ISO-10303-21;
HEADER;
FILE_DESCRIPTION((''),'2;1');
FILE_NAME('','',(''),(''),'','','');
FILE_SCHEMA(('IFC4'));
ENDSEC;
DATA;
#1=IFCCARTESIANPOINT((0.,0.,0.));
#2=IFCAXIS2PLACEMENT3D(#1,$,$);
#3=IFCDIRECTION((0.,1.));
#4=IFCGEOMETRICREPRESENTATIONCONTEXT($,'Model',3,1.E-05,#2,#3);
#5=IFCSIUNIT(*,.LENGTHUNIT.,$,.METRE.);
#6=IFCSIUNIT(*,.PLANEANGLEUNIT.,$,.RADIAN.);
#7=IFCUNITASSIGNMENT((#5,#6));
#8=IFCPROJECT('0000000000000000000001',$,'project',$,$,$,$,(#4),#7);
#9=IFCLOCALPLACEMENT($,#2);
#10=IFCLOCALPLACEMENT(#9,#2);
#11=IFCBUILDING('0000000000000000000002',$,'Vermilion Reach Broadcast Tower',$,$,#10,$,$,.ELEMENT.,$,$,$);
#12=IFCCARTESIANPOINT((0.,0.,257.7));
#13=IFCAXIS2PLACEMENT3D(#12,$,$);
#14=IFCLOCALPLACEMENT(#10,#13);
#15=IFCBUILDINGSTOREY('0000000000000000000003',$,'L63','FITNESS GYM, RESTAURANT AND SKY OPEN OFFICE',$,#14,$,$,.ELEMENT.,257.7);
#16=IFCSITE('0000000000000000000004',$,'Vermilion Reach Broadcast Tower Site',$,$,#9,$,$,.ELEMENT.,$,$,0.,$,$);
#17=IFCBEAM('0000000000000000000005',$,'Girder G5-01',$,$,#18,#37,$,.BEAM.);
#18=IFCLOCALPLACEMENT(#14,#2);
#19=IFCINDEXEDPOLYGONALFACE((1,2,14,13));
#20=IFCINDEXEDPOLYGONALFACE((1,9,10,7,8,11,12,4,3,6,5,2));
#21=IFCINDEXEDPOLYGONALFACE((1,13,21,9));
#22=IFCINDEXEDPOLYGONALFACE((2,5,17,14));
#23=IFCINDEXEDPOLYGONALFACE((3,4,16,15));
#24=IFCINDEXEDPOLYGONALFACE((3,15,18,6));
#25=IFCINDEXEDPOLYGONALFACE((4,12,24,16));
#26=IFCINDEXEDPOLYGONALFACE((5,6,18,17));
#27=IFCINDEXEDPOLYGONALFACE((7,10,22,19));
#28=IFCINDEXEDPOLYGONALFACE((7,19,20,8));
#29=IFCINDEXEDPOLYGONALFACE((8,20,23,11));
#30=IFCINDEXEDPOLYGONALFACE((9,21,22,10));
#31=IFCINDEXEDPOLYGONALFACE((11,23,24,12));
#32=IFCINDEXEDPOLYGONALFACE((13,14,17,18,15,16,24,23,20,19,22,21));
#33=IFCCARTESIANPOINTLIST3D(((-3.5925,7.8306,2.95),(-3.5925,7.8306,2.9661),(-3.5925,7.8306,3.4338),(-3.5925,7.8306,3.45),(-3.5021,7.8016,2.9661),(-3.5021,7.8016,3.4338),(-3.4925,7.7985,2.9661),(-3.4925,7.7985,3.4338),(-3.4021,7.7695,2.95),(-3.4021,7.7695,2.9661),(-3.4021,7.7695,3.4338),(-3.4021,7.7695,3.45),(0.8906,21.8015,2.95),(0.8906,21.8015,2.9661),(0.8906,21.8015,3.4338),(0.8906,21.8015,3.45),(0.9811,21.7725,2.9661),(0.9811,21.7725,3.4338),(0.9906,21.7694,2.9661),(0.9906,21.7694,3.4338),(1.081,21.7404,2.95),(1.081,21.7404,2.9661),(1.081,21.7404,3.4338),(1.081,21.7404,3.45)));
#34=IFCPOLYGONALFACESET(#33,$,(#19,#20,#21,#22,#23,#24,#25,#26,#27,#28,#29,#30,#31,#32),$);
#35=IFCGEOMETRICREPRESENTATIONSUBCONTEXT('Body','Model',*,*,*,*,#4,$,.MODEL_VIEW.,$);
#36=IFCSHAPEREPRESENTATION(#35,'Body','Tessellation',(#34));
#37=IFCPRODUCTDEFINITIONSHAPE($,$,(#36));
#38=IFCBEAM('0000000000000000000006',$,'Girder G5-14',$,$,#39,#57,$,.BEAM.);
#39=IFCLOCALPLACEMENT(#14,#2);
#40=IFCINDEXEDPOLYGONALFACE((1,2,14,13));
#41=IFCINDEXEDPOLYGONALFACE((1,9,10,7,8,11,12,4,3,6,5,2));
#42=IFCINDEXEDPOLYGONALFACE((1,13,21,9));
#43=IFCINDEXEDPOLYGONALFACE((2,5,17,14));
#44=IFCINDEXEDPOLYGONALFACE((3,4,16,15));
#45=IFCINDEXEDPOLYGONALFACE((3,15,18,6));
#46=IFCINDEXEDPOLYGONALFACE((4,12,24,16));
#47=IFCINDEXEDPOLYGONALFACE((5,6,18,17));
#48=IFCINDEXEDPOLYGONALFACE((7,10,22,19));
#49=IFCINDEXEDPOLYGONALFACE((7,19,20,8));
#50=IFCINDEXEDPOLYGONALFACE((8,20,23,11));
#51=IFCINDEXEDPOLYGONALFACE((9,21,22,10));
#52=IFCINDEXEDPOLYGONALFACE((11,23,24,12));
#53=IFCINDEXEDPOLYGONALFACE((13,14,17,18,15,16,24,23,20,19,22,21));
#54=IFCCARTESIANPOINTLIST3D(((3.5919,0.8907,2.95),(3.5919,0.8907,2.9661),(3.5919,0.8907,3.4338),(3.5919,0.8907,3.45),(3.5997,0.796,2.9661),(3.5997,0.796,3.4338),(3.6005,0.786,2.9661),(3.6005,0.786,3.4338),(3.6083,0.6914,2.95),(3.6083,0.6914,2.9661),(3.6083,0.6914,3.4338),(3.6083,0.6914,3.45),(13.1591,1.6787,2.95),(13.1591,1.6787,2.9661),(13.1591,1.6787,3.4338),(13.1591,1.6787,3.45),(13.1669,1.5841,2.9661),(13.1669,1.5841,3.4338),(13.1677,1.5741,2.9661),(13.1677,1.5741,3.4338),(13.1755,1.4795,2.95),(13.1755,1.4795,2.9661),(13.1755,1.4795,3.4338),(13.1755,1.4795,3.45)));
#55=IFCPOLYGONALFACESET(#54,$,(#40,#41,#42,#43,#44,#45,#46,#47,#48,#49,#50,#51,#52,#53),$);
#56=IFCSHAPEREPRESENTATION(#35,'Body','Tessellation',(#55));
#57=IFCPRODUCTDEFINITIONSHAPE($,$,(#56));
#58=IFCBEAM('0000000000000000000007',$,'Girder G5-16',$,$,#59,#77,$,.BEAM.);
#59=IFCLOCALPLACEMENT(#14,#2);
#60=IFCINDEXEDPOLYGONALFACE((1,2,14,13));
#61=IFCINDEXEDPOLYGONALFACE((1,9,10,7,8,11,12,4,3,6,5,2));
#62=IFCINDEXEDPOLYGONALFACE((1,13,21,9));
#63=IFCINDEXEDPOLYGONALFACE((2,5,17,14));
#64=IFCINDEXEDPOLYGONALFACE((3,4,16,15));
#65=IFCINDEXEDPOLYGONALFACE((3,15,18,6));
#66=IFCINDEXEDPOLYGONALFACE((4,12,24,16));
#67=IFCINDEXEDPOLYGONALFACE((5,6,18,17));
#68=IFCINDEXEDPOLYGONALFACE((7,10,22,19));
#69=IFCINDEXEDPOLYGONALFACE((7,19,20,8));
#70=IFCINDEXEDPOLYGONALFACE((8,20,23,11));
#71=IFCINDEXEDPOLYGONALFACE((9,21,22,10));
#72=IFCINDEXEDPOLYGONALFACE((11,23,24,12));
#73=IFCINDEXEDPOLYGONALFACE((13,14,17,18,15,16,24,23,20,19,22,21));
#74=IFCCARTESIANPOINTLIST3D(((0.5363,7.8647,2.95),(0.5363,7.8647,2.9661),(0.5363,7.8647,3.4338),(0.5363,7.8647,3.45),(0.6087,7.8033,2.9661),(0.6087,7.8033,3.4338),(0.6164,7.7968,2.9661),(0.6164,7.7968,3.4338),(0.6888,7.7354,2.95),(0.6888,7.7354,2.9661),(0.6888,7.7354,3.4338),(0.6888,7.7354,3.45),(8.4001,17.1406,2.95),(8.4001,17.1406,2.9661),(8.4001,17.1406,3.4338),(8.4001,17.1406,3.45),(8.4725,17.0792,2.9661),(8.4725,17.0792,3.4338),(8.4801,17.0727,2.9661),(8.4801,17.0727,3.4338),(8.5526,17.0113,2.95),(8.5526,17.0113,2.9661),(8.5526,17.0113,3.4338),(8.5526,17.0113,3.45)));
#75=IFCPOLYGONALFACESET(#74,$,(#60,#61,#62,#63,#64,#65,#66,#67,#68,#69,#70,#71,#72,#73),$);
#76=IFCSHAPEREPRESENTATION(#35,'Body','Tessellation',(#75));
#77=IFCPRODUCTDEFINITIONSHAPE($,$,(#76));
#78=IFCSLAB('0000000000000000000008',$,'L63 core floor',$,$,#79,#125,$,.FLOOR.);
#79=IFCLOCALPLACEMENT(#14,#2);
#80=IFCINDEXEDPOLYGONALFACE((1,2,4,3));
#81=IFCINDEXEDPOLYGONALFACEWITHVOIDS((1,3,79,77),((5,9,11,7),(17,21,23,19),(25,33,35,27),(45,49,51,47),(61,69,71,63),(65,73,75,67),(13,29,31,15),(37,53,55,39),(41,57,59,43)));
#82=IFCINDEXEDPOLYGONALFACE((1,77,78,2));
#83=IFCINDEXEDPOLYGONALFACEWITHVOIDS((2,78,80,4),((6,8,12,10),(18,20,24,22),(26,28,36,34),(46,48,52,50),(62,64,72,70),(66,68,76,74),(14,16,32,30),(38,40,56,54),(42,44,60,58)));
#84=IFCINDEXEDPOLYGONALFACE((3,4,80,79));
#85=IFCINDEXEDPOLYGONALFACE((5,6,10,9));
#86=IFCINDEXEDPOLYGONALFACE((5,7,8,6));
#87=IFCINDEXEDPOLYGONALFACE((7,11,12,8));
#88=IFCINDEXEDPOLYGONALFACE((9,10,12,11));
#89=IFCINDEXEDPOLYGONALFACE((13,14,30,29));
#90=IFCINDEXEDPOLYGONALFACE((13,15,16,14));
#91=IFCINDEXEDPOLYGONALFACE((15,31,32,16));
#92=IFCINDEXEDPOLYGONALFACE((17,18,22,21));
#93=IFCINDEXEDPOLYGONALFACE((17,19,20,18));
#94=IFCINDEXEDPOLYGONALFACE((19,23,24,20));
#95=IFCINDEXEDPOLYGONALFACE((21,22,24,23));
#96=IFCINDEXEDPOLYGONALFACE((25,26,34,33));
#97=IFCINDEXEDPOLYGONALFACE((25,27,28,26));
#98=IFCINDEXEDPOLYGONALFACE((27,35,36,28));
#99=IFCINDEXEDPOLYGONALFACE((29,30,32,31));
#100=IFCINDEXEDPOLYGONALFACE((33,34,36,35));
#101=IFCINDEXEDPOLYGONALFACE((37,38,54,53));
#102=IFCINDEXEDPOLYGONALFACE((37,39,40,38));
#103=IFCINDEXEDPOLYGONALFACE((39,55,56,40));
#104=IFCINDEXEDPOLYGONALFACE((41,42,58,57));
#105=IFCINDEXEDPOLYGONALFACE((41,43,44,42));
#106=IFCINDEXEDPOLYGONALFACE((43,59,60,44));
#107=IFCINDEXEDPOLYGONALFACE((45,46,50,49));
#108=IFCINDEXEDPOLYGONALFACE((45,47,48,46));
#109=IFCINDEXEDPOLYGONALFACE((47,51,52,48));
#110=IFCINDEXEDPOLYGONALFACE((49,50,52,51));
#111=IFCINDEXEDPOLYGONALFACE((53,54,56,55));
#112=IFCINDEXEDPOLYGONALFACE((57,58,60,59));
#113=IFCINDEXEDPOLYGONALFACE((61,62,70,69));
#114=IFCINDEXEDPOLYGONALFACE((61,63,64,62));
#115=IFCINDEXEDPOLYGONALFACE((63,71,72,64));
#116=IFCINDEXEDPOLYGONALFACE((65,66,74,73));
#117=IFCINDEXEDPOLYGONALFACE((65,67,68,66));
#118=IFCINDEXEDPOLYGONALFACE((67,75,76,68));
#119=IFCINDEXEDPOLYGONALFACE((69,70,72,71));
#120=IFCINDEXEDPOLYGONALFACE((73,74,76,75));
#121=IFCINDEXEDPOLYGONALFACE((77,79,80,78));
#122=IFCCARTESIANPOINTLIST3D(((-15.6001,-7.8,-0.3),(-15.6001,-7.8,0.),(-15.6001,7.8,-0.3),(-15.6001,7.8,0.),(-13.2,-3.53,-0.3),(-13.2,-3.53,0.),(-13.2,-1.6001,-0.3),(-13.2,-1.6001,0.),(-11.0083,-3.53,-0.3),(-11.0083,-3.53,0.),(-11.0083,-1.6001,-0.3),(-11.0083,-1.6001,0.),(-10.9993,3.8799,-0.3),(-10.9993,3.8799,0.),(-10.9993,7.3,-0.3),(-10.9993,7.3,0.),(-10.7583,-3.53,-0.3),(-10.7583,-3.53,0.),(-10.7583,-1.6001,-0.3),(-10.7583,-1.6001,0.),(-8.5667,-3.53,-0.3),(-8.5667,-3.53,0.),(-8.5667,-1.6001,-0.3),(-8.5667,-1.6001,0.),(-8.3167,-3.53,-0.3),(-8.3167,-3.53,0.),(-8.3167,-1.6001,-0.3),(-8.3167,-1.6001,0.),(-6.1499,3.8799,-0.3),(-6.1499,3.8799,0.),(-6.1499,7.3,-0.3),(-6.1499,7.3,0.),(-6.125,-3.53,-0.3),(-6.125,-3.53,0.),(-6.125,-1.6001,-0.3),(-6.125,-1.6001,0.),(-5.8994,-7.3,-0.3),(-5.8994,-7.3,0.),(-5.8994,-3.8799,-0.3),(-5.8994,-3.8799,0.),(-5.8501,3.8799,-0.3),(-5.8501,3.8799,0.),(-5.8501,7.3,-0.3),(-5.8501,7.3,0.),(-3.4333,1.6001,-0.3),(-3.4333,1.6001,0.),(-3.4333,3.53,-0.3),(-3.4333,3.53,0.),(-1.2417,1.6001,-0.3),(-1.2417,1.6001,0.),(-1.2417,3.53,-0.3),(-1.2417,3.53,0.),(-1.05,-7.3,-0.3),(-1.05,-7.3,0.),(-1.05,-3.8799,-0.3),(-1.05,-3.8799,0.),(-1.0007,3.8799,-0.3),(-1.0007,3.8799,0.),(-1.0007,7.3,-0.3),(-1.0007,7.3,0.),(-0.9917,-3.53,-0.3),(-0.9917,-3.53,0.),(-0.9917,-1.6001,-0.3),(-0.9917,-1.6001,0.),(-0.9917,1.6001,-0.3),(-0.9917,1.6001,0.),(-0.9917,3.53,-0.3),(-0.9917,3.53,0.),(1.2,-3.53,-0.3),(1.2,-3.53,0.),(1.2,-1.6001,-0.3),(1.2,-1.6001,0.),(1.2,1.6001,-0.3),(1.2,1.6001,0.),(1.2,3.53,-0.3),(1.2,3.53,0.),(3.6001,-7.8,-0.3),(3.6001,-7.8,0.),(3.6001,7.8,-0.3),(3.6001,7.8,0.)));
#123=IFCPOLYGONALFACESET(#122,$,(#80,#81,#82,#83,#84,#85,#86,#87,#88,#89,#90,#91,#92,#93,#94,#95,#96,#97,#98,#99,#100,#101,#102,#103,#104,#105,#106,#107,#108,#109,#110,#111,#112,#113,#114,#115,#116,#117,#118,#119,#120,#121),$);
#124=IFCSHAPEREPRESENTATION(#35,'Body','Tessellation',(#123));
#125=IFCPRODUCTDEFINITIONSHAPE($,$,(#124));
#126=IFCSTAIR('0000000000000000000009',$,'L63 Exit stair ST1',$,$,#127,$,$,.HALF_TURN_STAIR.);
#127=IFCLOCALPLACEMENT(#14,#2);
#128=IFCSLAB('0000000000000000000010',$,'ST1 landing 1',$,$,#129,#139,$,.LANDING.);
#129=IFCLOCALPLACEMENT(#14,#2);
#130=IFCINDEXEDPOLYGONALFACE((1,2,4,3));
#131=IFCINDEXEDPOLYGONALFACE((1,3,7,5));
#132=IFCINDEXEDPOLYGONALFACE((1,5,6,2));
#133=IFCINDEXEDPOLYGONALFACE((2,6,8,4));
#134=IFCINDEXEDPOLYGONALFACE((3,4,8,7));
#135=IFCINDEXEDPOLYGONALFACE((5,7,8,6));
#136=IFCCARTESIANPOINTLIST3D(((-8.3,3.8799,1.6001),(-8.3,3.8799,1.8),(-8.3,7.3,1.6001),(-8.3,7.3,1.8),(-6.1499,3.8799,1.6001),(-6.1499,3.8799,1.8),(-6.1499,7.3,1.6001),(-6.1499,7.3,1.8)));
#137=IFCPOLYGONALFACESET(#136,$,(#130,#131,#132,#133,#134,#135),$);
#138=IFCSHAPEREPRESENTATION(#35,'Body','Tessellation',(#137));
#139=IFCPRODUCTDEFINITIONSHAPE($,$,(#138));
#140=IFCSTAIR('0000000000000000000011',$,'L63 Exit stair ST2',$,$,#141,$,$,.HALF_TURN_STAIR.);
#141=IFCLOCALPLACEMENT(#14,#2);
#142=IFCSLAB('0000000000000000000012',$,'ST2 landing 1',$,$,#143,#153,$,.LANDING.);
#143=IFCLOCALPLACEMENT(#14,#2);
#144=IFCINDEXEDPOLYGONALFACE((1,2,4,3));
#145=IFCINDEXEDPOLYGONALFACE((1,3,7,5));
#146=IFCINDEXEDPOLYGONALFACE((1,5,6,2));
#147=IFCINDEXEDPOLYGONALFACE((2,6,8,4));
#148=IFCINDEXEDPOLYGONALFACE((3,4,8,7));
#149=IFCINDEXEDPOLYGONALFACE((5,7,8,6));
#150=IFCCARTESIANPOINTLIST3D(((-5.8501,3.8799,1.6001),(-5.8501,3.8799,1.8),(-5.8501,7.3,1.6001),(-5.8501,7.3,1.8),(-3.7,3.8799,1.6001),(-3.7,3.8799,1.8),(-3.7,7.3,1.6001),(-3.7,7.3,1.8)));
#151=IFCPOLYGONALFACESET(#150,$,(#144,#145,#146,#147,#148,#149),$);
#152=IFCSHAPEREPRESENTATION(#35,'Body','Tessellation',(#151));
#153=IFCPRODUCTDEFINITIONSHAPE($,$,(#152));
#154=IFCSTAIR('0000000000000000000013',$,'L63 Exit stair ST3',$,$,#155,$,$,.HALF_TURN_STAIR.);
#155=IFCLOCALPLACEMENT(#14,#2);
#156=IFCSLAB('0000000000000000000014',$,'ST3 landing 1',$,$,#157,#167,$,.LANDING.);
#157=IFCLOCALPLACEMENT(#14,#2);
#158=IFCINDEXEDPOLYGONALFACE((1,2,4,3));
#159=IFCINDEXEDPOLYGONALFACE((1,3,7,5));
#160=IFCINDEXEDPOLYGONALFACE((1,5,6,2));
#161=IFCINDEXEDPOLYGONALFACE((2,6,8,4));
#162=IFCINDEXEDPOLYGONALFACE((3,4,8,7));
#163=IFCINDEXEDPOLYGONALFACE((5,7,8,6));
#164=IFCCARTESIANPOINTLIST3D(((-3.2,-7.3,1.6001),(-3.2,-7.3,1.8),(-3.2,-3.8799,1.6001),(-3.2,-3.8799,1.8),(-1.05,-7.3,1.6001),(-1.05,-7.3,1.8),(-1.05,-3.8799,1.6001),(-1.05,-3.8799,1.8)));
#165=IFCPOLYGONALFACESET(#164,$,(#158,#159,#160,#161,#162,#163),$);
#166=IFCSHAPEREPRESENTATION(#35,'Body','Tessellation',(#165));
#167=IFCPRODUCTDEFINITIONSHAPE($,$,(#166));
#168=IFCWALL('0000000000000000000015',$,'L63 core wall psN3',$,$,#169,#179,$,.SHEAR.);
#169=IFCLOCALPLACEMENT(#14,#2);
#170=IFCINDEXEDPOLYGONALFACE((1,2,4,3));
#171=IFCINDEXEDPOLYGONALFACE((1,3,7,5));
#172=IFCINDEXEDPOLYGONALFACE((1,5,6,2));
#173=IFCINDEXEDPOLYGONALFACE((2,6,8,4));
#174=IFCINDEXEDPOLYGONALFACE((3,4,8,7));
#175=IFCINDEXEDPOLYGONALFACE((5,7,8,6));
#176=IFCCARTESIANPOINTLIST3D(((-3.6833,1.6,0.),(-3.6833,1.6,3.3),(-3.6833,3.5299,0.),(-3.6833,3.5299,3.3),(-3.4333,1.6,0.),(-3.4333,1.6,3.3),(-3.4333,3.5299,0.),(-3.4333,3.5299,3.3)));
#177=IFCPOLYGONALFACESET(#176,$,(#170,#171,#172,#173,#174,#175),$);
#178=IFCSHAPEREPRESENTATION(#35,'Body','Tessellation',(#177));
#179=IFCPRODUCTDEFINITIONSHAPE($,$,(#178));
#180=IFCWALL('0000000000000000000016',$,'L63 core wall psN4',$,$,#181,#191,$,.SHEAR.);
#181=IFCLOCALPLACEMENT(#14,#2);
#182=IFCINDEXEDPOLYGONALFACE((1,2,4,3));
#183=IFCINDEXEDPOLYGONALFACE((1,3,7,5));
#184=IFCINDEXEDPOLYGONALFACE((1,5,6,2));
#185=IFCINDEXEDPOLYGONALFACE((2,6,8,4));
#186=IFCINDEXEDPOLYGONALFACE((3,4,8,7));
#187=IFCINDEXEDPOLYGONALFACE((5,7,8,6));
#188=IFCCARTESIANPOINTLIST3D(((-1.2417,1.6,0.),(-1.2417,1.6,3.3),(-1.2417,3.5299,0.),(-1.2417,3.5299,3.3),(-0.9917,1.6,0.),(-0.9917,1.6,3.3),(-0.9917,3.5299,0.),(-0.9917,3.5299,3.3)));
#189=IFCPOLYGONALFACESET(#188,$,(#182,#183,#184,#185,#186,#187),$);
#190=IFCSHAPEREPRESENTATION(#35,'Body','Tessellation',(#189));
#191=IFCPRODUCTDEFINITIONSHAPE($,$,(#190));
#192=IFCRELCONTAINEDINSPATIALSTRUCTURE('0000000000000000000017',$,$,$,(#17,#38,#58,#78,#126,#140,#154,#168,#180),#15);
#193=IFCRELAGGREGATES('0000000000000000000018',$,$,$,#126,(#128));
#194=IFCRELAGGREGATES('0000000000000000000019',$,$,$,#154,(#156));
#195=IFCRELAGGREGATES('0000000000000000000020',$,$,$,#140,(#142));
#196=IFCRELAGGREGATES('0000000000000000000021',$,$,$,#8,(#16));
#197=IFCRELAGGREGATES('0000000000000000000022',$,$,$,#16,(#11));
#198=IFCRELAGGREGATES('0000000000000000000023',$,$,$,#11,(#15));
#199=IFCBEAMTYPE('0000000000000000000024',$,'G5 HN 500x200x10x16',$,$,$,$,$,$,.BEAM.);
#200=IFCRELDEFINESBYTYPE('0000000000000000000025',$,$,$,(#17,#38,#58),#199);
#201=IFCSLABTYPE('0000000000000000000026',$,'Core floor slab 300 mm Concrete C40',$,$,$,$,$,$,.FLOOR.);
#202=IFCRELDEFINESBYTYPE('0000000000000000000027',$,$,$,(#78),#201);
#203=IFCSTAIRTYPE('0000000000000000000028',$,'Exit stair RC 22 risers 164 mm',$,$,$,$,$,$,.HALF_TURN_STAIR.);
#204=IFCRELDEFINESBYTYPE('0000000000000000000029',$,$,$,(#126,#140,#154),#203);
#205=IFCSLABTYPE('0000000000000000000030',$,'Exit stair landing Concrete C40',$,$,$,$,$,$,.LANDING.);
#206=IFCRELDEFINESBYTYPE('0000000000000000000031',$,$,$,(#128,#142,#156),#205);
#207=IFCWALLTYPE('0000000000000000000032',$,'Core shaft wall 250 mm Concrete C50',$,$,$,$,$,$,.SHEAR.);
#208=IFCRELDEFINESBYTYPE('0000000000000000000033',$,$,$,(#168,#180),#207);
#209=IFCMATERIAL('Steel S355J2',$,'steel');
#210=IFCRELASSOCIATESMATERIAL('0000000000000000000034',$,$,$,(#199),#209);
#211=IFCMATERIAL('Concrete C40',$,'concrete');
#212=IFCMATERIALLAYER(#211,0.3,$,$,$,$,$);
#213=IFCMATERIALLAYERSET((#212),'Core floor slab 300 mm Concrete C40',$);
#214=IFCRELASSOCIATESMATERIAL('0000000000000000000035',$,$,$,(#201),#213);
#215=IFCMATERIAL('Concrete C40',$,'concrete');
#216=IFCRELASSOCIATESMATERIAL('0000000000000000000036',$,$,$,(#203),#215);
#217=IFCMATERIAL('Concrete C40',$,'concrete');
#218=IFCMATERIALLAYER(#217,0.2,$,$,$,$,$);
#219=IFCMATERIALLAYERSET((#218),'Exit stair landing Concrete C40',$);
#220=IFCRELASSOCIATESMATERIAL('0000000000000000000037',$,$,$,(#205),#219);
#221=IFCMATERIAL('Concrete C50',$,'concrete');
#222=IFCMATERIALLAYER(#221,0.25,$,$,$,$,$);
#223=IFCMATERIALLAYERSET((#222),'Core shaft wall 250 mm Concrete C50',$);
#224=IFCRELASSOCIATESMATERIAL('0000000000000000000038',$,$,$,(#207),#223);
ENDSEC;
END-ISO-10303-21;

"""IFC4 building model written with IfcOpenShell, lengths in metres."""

from ifc_helpers import new_model, si_unit, direction, frame, frame_2d, origin, origin_2d, place, context, subcontext, project, spatial, polyline, rectangle, i_section, outline, extrude, material, layer, layer_set, material_profile, profile_set, type_object, element, aggregate, save


model = new_model("IFC4")

# Units and contexts
model_context = context("Model", 3, precision=1e-05, world=origin(), true_north=direction((0.0, 1.0)))
body_context = subcontext(model_context, "Body", "Model", "MODEL_VIEW")
ifc_project = project(units=[si_unit("LENGTHUNIT", "METRE"), si_unit("PLANEANGLEUNIT", "RADIAN")], contexts=[model_context])

# Site, building, storey
site_placement = place(None, origin())
site = spatial("IfcSite", under=ifc_project, at=site_placement, Name="Vermilion Reach Broadcast Tower Site", CompositionType="ELEMENT", RefElevation=0.0)
building_placement = place(site_placement, origin())
building = spatial("IfcBuilding", under=site, at=building_placement, Name="Vermilion Reach Broadcast Tower", CompositionType="ELEMENT")
storey_placement = place(building_placement, frame((0.0, 0.0, 257.7)))
storey = spatial("IfcBuildingStorey", under=building, at=storey_placement, Name="L63", Description="FITNESS GYM, RESTAURANT AND SKY OPEN OFFICE", CompositionType="ELEMENT", Elevation=257.7)

# Beams
ifc_material_1 = material(Name="Steel S355J2", Category="steel")
ifc_material_profile = material_profile(ifc_material_1, i_section(OverallWidth=0.2, OverallDepth=0.5, WebThickness=0.01, FlangeThickness=0.0161, at=origin_2d()), Name="S355J2 HN 500x200x10x16")
ifc_profile_set = profile_set([ifc_material_profile], Name="Steel S355J2")
beam_type = type_object("IfcBeamType", Name="G5 HN 500x200x10x16", PredefinedType="BEAM", material=ifc_profile_set)
beam_1_placement = place(storey_placement, frame((-3.4973, 7.8, 3.2), z_axis=(0.305545, 0.952178, 0.0), x_axis=(-0.952178, 0.305545, 0.0)))
element("IfcBeam", 1, at=beam_1_placement, inside=storey, type_object=beam_type, Name="Girder G5-01", PredefinedType="BEAM", context=body_context, shape_type="SweptSolid", body=[
    extrude(i_section(OverallWidth=0.2, OverallDepth=0.5, WebThickness=0.01, FlangeThickness=0.0161, at=origin_2d()), origin(), (0.0, 0.0, 1.0), 14.6726),
])
beam_2_placement = place(storey_placement, frame((3.6001, 0.791, 3.2), z_axis=(0.996624, 0.082096, 0.0), x_axis=(-0.082096, 0.996624, 0.0)))
element("IfcBeam", 2, at=beam_2_placement, inside=storey, type_object=beam_type, Name="Girder G5-14", PredefinedType="BEAM", context=body_context, shape_type="SweptSolid", body=[
    extrude(i_section(OverallWidth=0.2, OverallDepth=0.5, WebThickness=0.01, FlangeThickness=0.0161, at=origin_2d()), origin(), (0.0, 0.0, 1.0), 9.5996),
])
beam_3_placement = place(storey_placement, frame((0.6125, 7.8, 3.2), z_axis=(0.646658, 0.76278, 0.0), x_axis=(-0.76278, 0.646658, 0.0)))
element("IfcBeam", 3, at=beam_3_placement, inside=storey, type_object=beam_type, Name="Girder G5-16", PredefinedType="BEAM", context=body_context, shape_type="SweptSolid", body=[
    extrude(i_section(OverallWidth=0.2, OverallDepth=0.5, WebThickness=0.01, FlangeThickness=0.0161, at=origin_2d()), origin(), (0.0, 0.0, 1.0), 12.1606),
])

# Slab
ifc_material_2 = material(Name="Concrete C40", Category="concrete")
ifc_layer_1 = layer(ifc_material_2, 0.3)
ifc_layer_set_1 = layer_set([ifc_layer_1], Name="Core floor slab 300 mm Concrete C40")
slab_type_1 = type_object("IfcSlabType", Name="Core floor slab 300 mm Concrete C40", PredefinedType="FLOOR", material=ifc_layer_set_1)
slab_1_placement = place(storey_placement, frame((0.0, 0.0, -0.3)))
element("IfcSlab", 4, at=slab_1_placement, inside=storey, type_object=slab_type_1, Name="L63 core floor", PredefinedType="FLOOR", context=body_context, shape_type="SweptSolid", body=[
    extrude(outline(polyline([(-15.6001, -7.8), (3.6001, -7.8), (3.6001, 7.8), (-15.6001, 7.8), (-15.6001, -7.8)]), holes=[polyline([(-3.4333, 1.6001), (-1.2417, 1.6001), (-1.2417, 3.53), (-3.4333, 3.53), (-3.4333, 1.6001)]), polyline([(-0.9917, 1.6001), (1.2, 1.6001), (1.2, 3.53), (-0.9917, 3.53), (-0.9917, 1.6001)]), polyline([(-13.2, -3.53), (-11.0083, -3.53), (-11.0083, -1.6001), (-13.2, -1.6001), (-13.2, -3.53)]), polyline([(-10.7583, -3.53), (-8.5667, -3.53), (-8.5667, -1.6001), (-10.7583, -1.6001), (-10.7583, -3.53)]), polyline([(-8.3167, -3.53), (-6.125, -3.53), (-6.125, -1.6001), (-8.3167, -1.6001), (-8.3167, -3.53)]), polyline([(-0.9917, -3.53), (1.2, -3.53), (1.2, -1.6001), (-0.9917, -1.6001), (-0.9917, -3.53)]), polyline([(-10.9993, 3.8799), (-6.1499, 3.8799), (-6.1499, 7.3), (-10.9993, 7.3), (-10.9993, 3.8799)]), polyline([(-1.0007, 7.3), (-5.8501, 7.3), (-5.8501, 3.8799), (-1.0007, 3.8799), (-1.0007, 7.3)]), polyline([(-5.8994, -7.3), (-1.05, -7.3), (-1.05, -3.8799), (-5.8994, -3.8799), (-5.8994, -7.3)])]), origin(), (0.0, 0.0, 1.0), 0.3),
])

# Stairs, slabs
ifc_material_3 = material(Name="Concrete C40", Category="concrete")
stair_type = type_object("IfcStairType", Name="Exit stair RC 22 risers 164 mm", PredefinedType="HALF_TURN_STAIR", material=ifc_material_3)
placement_1 = place(storey_placement, origin())
stair_1 = element("IfcStair", 5, at=placement_1, inside=storey, type_object=stair_type, Name="L63 Exit stair ST1", PredefinedType="HALF_TURN_STAIR")
ifc_material_4 = material(Name="Concrete C40", Category="concrete")
ifc_layer_2 = layer(ifc_material_4, 0.2)
ifc_layer_set_2 = layer_set([ifc_layer_2], Name="Exit stair landing Concrete C40")
slab_type_2 = type_object("IfcSlabType", Name="Exit stair landing Concrete C40", PredefinedType="LANDING", material=ifc_layer_set_2)
placement_2 = place(storey_placement, frame((0.0, 0.0, 1.6001)))
slab_2 = element("IfcSlab", 6, at=placement_2, type_object=slab_type_2, Name="ST1 landing 1", PredefinedType="LANDING", context=body_context, shape_type="SweptSolid", body=[
    extrude(outline(polyline([(-8.3, 3.8799), (-6.1499, 3.8799), (-6.1499, 7.3), (-8.3, 7.3), (-8.3, 3.8799)])), origin(), (0.0, 0.0, 1.0), 0.2),
])
aggregate(stair_1, [slab_2])
stair_2 = element("IfcStair", 7, at=placement_1, inside=storey, type_object=stair_type, Name="L63 Exit stair ST2", PredefinedType="HALF_TURN_STAIR")
slab_3 = element("IfcSlab", 8, at=placement_2, type_object=slab_type_2, Name="ST2 landing 1", PredefinedType="LANDING", context=body_context, shape_type="SweptSolid", body=[
    extrude(outline(polyline([(-3.7, 7.3), (-5.8501, 7.3), (-5.8501, 3.8799), (-3.7, 3.8799), (-3.7, 7.3)])), origin(), (0.0, 0.0, 1.0), 0.2),
])
stair_3 = element("IfcStair", 9, at=placement_1, inside=storey, type_object=stair_type, Name="L63 Exit stair ST3", PredefinedType="HALF_TURN_STAIR")
slab_4 = element("IfcSlab", 10, at=placement_2, type_object=slab_type_2, Name="ST3 landing 1", PredefinedType="LANDING", context=body_context, shape_type="SweptSolid", body=[
    extrude(outline(polyline([(-3.2, -7.3), (-1.05, -7.3), (-1.05, -3.8799), (-3.2, -3.8799), (-3.2, -7.3)])), origin(), (0.0, 0.0, 1.0), 0.2),
])
aggregate(stair_3, [slab_4])

# Walls
ifc_material_5 = material(Name="Concrete C50", Category="concrete")
ifc_layer_3 = layer(ifc_material_5, 0.25)
ifc_layer_set_3 = layer_set([ifc_layer_3], Name="Core shaft wall 250 mm Concrete C50")
wall_type = type_object("IfcWallType", Name="Core shaft wall 250 mm Concrete C50", PredefinedType="SHEAR", material=ifc_layer_set_3)
for number, where, z_axis, x_axis, name in (
    (11, (-3.5583, 1.6001, 0.0), (0.0, 0.0, 1.0), (0.0, 1.0, 0.0), "L63 core wall psN3"),
    (12, (-1.1167, 1.6001, 0.0), (0.0, 0.0, 1.0), (0.0, 1.0, 0.0), "L63 core wall psN4"),
):
    element("IfcWall", number, at=place(storey_placement, frame(where, z_axis=z_axis, x_axis=x_axis)), inside=storey, type_object=wall_type, Name=name, PredefinedType="SHEAR", context=body_context, shape_type="SweptSolid", body=[
        extrude(rectangle(XDim=1.9299, YDim=0.25, at=frame_2d((0.9648, 0.0))), origin(), (0.0, 0.0, 1.0), 3.3),
    ])

aggregate(stair_2, [slab_3])

save(model, "model.ifc")
